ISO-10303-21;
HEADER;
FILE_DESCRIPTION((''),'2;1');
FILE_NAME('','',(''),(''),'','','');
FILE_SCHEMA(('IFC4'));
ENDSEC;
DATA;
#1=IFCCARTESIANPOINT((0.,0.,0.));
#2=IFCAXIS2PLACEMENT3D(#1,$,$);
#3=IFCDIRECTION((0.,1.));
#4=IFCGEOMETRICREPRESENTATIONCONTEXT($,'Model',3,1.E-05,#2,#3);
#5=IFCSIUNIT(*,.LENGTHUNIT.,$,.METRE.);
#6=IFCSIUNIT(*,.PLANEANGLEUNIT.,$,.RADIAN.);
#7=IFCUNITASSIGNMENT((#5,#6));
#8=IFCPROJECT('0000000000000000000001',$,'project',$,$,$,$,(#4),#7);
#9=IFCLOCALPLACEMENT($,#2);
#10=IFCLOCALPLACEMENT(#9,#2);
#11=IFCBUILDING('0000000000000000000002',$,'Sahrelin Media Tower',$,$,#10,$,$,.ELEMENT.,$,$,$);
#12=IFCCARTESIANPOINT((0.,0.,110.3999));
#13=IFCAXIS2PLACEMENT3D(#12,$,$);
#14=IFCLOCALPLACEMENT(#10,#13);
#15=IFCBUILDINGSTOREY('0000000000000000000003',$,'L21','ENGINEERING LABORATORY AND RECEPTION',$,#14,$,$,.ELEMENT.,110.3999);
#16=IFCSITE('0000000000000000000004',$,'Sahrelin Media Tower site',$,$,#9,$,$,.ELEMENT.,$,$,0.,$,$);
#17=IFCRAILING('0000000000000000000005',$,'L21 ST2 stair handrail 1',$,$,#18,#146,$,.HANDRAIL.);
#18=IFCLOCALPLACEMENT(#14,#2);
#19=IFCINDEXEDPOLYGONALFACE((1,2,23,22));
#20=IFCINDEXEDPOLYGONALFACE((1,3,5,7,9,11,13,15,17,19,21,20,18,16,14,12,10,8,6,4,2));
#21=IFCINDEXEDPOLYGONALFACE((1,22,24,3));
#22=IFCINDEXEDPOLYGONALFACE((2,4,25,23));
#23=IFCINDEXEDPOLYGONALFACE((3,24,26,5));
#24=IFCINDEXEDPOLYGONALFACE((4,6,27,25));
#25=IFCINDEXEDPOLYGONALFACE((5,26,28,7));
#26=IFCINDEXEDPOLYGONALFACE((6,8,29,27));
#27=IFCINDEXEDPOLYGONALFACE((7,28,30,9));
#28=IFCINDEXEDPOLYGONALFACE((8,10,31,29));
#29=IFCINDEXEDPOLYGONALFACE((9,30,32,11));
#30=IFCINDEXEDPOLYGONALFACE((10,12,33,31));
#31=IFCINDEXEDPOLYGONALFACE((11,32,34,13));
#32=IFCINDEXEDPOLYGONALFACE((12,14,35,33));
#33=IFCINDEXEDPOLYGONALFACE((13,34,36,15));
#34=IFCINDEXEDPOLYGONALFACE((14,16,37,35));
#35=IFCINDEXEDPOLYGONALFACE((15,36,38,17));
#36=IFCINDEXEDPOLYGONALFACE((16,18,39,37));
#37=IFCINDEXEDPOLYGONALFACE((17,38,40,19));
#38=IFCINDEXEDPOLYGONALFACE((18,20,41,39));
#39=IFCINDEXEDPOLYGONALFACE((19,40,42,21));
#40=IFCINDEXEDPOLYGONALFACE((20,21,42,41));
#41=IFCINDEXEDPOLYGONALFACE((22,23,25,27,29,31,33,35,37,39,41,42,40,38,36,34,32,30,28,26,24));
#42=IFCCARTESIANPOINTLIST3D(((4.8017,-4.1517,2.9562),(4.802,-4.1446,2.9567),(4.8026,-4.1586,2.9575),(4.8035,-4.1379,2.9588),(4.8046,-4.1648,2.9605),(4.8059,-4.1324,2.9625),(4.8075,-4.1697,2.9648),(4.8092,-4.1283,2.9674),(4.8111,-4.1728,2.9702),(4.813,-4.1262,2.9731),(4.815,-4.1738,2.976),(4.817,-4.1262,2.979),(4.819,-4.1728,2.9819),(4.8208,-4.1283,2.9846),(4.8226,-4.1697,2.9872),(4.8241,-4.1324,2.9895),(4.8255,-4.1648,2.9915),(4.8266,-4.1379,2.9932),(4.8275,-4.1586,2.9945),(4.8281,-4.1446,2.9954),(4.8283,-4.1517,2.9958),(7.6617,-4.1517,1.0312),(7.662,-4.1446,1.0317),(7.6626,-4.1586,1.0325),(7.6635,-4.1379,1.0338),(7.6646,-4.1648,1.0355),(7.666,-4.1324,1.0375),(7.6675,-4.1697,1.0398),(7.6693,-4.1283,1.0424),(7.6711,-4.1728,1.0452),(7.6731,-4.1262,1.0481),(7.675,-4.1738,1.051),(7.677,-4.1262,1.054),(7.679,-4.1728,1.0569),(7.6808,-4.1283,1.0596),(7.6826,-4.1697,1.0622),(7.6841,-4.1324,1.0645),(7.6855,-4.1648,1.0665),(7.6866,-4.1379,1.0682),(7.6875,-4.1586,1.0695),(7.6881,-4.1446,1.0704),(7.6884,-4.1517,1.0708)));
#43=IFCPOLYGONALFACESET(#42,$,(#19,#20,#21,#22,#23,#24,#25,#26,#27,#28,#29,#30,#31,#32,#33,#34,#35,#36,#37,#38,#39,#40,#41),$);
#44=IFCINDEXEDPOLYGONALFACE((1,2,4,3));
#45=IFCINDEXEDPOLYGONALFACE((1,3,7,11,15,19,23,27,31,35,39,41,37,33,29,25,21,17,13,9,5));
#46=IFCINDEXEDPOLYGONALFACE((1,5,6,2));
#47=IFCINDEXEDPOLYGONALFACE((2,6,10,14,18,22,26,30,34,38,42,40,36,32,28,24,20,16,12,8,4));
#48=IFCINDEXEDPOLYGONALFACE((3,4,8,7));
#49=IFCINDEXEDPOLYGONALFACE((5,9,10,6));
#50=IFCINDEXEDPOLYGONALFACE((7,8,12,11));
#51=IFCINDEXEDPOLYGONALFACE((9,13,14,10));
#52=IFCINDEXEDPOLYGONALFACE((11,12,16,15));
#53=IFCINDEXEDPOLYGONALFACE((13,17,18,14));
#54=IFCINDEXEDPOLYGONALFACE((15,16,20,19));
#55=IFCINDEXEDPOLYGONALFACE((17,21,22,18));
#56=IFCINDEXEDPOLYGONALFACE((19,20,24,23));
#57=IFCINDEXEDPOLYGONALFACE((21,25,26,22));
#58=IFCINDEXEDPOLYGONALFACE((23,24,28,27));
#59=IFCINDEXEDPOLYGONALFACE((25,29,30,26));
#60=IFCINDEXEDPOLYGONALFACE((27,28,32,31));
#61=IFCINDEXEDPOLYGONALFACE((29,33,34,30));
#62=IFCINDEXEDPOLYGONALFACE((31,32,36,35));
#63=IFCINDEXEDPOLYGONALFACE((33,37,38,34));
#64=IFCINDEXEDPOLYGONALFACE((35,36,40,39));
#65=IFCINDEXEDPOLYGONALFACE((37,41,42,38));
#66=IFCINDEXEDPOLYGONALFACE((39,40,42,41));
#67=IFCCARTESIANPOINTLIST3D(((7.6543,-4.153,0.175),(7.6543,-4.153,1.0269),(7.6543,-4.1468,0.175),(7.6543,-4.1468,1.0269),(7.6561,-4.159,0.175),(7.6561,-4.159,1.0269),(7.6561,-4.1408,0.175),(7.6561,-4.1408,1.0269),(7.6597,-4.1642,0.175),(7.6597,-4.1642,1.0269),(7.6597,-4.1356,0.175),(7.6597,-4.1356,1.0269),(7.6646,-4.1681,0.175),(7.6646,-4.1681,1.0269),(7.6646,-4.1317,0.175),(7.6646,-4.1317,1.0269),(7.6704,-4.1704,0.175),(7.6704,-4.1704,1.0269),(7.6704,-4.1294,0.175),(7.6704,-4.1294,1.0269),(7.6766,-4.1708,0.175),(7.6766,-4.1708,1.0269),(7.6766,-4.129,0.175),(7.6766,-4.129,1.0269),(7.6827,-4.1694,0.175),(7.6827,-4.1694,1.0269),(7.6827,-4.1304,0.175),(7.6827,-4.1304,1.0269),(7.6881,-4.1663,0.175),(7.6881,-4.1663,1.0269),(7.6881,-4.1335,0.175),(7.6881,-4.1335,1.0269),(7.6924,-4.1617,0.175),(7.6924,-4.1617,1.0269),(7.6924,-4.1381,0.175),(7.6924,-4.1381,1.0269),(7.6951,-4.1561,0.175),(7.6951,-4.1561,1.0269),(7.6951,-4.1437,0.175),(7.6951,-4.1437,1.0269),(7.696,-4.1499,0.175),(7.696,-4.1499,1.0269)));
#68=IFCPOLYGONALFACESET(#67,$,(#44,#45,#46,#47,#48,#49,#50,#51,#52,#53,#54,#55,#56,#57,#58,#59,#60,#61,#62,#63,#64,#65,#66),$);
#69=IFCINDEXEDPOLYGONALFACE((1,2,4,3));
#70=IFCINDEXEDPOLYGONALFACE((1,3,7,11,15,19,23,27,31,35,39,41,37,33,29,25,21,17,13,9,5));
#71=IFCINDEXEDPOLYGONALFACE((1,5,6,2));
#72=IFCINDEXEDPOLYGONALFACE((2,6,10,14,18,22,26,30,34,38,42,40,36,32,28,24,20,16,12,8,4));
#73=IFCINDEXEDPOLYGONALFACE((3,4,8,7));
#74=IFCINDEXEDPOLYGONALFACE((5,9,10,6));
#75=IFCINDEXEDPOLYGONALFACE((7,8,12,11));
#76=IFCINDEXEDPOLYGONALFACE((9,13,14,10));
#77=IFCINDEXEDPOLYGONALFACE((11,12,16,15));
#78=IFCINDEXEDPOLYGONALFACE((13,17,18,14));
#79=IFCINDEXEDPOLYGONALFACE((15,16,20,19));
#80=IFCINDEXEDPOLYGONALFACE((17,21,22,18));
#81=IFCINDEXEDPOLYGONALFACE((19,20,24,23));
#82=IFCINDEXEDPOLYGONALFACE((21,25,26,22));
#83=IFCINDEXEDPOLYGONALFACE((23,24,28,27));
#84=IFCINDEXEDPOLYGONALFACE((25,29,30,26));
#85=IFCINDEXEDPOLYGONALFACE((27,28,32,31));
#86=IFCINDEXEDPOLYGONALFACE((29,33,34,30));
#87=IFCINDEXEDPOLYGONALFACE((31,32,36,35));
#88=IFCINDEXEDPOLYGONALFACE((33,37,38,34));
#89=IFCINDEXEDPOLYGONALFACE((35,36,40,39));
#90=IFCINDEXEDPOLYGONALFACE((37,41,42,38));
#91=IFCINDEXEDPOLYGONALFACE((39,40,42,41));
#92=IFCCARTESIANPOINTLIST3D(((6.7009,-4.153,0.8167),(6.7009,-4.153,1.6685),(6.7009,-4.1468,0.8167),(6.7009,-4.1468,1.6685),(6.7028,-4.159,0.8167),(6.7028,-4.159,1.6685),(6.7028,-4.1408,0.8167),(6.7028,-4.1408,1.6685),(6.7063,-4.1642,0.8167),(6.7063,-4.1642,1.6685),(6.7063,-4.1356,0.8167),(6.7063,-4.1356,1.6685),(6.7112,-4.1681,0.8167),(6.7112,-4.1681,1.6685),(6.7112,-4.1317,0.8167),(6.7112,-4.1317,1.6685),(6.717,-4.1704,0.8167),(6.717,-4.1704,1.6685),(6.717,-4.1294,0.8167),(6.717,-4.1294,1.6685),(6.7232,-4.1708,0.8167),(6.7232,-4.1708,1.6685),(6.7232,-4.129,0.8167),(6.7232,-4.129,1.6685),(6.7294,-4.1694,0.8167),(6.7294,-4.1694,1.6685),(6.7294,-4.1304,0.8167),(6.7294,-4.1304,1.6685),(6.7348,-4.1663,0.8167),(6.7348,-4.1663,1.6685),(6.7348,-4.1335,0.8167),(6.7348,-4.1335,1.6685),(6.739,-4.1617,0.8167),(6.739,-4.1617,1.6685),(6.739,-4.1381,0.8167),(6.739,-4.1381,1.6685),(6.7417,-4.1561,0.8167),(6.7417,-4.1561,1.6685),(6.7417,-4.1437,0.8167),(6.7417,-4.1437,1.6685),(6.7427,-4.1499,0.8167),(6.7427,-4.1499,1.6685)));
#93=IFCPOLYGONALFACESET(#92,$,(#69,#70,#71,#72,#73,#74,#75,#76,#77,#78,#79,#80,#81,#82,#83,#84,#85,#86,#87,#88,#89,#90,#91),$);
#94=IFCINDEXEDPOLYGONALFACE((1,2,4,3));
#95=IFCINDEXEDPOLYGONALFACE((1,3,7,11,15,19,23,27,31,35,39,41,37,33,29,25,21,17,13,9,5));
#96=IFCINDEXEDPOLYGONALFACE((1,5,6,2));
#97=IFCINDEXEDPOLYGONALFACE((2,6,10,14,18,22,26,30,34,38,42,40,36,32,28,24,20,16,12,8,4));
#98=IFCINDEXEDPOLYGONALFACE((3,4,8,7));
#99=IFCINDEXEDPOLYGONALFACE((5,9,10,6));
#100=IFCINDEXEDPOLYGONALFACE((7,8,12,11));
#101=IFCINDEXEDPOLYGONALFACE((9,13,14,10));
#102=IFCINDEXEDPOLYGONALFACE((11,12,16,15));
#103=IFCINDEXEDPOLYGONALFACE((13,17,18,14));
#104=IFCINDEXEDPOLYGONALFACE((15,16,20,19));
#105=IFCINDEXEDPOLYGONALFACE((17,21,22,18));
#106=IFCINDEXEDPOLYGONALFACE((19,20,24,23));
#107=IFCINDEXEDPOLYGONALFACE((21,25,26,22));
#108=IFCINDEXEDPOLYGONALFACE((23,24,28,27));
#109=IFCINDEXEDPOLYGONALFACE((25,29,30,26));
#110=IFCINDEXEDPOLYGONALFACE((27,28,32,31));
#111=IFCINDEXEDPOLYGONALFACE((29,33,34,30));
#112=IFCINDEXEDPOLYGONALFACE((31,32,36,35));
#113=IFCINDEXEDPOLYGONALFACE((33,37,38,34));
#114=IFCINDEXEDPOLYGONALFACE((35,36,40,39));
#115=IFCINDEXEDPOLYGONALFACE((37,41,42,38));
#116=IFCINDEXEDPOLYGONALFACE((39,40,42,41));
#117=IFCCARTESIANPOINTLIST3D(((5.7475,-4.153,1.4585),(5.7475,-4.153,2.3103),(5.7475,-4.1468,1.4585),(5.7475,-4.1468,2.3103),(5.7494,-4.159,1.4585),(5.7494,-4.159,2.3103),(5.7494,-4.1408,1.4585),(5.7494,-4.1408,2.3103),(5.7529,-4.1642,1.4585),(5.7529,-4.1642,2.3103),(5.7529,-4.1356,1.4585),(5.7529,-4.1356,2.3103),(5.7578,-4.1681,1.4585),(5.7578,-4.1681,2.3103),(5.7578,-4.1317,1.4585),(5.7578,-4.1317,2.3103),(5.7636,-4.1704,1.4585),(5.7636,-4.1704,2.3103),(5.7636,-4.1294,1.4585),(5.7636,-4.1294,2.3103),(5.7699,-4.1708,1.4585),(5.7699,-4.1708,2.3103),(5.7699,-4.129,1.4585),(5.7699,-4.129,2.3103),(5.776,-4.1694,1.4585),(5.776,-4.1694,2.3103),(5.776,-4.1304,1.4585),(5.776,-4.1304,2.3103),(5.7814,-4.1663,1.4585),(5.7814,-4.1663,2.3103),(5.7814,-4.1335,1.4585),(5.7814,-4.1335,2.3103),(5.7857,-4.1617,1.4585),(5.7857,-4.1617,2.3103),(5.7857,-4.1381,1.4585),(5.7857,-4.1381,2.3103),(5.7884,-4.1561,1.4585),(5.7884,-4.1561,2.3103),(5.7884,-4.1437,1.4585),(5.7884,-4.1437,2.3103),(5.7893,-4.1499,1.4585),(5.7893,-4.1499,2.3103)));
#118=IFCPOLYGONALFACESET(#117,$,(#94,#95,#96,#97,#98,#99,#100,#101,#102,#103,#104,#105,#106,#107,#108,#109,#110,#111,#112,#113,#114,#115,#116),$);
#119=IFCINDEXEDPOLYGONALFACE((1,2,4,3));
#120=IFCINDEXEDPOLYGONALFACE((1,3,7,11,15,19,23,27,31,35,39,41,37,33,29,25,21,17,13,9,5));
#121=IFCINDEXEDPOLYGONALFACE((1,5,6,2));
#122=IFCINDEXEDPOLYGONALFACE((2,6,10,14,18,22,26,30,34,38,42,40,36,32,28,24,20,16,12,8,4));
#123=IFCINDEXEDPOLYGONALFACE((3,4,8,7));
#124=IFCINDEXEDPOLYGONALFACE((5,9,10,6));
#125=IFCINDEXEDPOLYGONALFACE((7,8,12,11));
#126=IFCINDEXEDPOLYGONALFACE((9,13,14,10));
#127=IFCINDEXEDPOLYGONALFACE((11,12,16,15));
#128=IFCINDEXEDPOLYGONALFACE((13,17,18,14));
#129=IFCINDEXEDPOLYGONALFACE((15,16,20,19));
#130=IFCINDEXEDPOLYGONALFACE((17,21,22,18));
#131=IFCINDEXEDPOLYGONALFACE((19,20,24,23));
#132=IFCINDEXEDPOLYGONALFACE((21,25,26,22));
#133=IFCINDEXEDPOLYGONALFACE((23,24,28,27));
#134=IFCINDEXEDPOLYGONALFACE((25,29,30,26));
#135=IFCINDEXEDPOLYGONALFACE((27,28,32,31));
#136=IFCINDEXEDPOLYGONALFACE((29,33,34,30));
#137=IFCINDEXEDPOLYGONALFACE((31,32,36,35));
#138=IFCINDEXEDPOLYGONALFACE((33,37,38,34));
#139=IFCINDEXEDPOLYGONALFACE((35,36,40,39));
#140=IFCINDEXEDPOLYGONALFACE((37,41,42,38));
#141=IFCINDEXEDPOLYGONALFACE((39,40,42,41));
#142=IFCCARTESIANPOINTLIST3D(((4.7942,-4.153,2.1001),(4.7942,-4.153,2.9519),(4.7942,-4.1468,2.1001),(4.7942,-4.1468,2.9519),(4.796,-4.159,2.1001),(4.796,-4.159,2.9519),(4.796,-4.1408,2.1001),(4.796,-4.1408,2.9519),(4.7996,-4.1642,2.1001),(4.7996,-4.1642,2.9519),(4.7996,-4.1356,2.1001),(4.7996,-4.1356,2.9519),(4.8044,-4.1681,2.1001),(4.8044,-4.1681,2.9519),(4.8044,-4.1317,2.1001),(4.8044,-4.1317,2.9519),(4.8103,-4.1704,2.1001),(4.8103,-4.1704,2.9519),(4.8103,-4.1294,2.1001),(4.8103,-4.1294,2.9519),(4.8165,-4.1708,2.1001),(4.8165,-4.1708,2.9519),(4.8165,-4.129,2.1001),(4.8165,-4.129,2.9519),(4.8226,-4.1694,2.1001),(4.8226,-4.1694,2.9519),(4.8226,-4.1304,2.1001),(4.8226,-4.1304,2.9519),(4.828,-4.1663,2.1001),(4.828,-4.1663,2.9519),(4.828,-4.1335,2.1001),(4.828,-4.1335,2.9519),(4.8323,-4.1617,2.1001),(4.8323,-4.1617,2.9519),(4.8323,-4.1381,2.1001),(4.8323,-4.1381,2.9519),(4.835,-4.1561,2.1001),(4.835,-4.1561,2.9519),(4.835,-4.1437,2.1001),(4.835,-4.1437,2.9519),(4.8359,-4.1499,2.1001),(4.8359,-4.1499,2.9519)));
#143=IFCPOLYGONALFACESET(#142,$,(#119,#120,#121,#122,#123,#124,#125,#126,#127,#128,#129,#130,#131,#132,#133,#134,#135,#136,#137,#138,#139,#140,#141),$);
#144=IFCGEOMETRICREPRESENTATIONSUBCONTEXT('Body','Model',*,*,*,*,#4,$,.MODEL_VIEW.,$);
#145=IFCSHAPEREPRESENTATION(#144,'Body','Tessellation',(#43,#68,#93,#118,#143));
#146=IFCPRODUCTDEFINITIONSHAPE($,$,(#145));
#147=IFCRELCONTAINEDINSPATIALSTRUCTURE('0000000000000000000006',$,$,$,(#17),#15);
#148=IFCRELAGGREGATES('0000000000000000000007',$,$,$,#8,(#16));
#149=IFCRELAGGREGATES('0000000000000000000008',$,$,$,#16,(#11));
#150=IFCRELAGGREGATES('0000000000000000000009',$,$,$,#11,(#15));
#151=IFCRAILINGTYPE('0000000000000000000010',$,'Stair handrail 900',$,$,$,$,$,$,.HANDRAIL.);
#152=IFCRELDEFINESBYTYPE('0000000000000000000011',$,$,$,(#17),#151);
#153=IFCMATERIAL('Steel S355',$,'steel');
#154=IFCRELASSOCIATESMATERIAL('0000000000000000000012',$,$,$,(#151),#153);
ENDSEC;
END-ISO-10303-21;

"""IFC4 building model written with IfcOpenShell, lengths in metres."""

from ifc_helpers import new_model, si_unit, direction, frame, origin, origin_2d, place, context, subcontext, project, spatial, circle, extrude, material, type_object, element, save


model = new_model("IFC4")

# Units and contexts
model_context = context("Model", 3, precision=1e-05, world=origin(), true_north=direction((0.0, 1.0)))
body_context = subcontext(model_context, "Body", "Model", "MODEL_VIEW")
ifc_project = project(units=[si_unit("LENGTHUNIT", "METRE"), si_unit("PLANEANGLEUNIT", "RADIAN")], contexts=[model_context])

# Site, building, storey
site_placement = place(None, origin())
site = spatial("IfcSite", under=ifc_project, at=site_placement, Name="Sahrelin Media Tower site", CompositionType="ELEMENT", RefElevation=0.0)
building_placement = place(site_placement, origin())
building = spatial("IfcBuilding", under=site, at=building_placement, Name="Sahrelin Media Tower", CompositionType="ELEMENT")
storey_placement = place(building_placement, frame((0.0, 0.0, 110.3999)))
storey = spatial("IfcBuildingStorey", under=building, at=storey_placement, Name="L21", Description="ENGINEERING LABORATORY AND RECEPTION", CompositionType="ELEMENT", Elevation=110.3999)

# Shared definitions
ifc_material_1 = material(Name="Steel S355", Category="steel")

# Railing
railing_type_1 = type_object("IfcRailingType", Name="Stair handrail 900", PredefinedType="HANDRAIL", material=ifc_material_1)
railing_1_placement = place(storey_placement, frame((7.675, -4.1499, 0.175)))
element("IfcRailing", 1, at=railing_1_placement, inside=storey, type_object=railing_type_1, Name="L21 ST2 stair handrail 1", PredefinedType="HANDRAIL", context=body_context, shape_type="SweptSolid", body=[
    extrude(circle(Radius=0.0239, at=origin_2d()), frame((0.0, 0.0, 0.876), z_axis=(-0.829591, 0.0, 0.558372), x_axis=(0.0, -1.0, 0.0)), (0.0, 0.0, 1.0), 3.4475),
    extrude(circle(Radius=0.021, at=origin_2d()), origin(), (0.0, 0.0, 1.0), 0.8518),
    extrude(circle(Radius=0.021, at=origin_2d()), frame((-0.9534, 0.0, 0.6416)), (0.0, 0.0, 1.0), 0.8518),
    extrude(circle(Radius=0.021, at=origin_2d()), frame((-1.9067, 0.0, 1.2834)), (0.0, 0.0, 1.0), 0.8518),
    extrude(circle(Radius=0.021, at=origin_2d()), frame((-2.8601, 0.0, 1.925)), (0.0, 0.0, 1.0), 0.8518),
])

save(model, "model.ifc")
